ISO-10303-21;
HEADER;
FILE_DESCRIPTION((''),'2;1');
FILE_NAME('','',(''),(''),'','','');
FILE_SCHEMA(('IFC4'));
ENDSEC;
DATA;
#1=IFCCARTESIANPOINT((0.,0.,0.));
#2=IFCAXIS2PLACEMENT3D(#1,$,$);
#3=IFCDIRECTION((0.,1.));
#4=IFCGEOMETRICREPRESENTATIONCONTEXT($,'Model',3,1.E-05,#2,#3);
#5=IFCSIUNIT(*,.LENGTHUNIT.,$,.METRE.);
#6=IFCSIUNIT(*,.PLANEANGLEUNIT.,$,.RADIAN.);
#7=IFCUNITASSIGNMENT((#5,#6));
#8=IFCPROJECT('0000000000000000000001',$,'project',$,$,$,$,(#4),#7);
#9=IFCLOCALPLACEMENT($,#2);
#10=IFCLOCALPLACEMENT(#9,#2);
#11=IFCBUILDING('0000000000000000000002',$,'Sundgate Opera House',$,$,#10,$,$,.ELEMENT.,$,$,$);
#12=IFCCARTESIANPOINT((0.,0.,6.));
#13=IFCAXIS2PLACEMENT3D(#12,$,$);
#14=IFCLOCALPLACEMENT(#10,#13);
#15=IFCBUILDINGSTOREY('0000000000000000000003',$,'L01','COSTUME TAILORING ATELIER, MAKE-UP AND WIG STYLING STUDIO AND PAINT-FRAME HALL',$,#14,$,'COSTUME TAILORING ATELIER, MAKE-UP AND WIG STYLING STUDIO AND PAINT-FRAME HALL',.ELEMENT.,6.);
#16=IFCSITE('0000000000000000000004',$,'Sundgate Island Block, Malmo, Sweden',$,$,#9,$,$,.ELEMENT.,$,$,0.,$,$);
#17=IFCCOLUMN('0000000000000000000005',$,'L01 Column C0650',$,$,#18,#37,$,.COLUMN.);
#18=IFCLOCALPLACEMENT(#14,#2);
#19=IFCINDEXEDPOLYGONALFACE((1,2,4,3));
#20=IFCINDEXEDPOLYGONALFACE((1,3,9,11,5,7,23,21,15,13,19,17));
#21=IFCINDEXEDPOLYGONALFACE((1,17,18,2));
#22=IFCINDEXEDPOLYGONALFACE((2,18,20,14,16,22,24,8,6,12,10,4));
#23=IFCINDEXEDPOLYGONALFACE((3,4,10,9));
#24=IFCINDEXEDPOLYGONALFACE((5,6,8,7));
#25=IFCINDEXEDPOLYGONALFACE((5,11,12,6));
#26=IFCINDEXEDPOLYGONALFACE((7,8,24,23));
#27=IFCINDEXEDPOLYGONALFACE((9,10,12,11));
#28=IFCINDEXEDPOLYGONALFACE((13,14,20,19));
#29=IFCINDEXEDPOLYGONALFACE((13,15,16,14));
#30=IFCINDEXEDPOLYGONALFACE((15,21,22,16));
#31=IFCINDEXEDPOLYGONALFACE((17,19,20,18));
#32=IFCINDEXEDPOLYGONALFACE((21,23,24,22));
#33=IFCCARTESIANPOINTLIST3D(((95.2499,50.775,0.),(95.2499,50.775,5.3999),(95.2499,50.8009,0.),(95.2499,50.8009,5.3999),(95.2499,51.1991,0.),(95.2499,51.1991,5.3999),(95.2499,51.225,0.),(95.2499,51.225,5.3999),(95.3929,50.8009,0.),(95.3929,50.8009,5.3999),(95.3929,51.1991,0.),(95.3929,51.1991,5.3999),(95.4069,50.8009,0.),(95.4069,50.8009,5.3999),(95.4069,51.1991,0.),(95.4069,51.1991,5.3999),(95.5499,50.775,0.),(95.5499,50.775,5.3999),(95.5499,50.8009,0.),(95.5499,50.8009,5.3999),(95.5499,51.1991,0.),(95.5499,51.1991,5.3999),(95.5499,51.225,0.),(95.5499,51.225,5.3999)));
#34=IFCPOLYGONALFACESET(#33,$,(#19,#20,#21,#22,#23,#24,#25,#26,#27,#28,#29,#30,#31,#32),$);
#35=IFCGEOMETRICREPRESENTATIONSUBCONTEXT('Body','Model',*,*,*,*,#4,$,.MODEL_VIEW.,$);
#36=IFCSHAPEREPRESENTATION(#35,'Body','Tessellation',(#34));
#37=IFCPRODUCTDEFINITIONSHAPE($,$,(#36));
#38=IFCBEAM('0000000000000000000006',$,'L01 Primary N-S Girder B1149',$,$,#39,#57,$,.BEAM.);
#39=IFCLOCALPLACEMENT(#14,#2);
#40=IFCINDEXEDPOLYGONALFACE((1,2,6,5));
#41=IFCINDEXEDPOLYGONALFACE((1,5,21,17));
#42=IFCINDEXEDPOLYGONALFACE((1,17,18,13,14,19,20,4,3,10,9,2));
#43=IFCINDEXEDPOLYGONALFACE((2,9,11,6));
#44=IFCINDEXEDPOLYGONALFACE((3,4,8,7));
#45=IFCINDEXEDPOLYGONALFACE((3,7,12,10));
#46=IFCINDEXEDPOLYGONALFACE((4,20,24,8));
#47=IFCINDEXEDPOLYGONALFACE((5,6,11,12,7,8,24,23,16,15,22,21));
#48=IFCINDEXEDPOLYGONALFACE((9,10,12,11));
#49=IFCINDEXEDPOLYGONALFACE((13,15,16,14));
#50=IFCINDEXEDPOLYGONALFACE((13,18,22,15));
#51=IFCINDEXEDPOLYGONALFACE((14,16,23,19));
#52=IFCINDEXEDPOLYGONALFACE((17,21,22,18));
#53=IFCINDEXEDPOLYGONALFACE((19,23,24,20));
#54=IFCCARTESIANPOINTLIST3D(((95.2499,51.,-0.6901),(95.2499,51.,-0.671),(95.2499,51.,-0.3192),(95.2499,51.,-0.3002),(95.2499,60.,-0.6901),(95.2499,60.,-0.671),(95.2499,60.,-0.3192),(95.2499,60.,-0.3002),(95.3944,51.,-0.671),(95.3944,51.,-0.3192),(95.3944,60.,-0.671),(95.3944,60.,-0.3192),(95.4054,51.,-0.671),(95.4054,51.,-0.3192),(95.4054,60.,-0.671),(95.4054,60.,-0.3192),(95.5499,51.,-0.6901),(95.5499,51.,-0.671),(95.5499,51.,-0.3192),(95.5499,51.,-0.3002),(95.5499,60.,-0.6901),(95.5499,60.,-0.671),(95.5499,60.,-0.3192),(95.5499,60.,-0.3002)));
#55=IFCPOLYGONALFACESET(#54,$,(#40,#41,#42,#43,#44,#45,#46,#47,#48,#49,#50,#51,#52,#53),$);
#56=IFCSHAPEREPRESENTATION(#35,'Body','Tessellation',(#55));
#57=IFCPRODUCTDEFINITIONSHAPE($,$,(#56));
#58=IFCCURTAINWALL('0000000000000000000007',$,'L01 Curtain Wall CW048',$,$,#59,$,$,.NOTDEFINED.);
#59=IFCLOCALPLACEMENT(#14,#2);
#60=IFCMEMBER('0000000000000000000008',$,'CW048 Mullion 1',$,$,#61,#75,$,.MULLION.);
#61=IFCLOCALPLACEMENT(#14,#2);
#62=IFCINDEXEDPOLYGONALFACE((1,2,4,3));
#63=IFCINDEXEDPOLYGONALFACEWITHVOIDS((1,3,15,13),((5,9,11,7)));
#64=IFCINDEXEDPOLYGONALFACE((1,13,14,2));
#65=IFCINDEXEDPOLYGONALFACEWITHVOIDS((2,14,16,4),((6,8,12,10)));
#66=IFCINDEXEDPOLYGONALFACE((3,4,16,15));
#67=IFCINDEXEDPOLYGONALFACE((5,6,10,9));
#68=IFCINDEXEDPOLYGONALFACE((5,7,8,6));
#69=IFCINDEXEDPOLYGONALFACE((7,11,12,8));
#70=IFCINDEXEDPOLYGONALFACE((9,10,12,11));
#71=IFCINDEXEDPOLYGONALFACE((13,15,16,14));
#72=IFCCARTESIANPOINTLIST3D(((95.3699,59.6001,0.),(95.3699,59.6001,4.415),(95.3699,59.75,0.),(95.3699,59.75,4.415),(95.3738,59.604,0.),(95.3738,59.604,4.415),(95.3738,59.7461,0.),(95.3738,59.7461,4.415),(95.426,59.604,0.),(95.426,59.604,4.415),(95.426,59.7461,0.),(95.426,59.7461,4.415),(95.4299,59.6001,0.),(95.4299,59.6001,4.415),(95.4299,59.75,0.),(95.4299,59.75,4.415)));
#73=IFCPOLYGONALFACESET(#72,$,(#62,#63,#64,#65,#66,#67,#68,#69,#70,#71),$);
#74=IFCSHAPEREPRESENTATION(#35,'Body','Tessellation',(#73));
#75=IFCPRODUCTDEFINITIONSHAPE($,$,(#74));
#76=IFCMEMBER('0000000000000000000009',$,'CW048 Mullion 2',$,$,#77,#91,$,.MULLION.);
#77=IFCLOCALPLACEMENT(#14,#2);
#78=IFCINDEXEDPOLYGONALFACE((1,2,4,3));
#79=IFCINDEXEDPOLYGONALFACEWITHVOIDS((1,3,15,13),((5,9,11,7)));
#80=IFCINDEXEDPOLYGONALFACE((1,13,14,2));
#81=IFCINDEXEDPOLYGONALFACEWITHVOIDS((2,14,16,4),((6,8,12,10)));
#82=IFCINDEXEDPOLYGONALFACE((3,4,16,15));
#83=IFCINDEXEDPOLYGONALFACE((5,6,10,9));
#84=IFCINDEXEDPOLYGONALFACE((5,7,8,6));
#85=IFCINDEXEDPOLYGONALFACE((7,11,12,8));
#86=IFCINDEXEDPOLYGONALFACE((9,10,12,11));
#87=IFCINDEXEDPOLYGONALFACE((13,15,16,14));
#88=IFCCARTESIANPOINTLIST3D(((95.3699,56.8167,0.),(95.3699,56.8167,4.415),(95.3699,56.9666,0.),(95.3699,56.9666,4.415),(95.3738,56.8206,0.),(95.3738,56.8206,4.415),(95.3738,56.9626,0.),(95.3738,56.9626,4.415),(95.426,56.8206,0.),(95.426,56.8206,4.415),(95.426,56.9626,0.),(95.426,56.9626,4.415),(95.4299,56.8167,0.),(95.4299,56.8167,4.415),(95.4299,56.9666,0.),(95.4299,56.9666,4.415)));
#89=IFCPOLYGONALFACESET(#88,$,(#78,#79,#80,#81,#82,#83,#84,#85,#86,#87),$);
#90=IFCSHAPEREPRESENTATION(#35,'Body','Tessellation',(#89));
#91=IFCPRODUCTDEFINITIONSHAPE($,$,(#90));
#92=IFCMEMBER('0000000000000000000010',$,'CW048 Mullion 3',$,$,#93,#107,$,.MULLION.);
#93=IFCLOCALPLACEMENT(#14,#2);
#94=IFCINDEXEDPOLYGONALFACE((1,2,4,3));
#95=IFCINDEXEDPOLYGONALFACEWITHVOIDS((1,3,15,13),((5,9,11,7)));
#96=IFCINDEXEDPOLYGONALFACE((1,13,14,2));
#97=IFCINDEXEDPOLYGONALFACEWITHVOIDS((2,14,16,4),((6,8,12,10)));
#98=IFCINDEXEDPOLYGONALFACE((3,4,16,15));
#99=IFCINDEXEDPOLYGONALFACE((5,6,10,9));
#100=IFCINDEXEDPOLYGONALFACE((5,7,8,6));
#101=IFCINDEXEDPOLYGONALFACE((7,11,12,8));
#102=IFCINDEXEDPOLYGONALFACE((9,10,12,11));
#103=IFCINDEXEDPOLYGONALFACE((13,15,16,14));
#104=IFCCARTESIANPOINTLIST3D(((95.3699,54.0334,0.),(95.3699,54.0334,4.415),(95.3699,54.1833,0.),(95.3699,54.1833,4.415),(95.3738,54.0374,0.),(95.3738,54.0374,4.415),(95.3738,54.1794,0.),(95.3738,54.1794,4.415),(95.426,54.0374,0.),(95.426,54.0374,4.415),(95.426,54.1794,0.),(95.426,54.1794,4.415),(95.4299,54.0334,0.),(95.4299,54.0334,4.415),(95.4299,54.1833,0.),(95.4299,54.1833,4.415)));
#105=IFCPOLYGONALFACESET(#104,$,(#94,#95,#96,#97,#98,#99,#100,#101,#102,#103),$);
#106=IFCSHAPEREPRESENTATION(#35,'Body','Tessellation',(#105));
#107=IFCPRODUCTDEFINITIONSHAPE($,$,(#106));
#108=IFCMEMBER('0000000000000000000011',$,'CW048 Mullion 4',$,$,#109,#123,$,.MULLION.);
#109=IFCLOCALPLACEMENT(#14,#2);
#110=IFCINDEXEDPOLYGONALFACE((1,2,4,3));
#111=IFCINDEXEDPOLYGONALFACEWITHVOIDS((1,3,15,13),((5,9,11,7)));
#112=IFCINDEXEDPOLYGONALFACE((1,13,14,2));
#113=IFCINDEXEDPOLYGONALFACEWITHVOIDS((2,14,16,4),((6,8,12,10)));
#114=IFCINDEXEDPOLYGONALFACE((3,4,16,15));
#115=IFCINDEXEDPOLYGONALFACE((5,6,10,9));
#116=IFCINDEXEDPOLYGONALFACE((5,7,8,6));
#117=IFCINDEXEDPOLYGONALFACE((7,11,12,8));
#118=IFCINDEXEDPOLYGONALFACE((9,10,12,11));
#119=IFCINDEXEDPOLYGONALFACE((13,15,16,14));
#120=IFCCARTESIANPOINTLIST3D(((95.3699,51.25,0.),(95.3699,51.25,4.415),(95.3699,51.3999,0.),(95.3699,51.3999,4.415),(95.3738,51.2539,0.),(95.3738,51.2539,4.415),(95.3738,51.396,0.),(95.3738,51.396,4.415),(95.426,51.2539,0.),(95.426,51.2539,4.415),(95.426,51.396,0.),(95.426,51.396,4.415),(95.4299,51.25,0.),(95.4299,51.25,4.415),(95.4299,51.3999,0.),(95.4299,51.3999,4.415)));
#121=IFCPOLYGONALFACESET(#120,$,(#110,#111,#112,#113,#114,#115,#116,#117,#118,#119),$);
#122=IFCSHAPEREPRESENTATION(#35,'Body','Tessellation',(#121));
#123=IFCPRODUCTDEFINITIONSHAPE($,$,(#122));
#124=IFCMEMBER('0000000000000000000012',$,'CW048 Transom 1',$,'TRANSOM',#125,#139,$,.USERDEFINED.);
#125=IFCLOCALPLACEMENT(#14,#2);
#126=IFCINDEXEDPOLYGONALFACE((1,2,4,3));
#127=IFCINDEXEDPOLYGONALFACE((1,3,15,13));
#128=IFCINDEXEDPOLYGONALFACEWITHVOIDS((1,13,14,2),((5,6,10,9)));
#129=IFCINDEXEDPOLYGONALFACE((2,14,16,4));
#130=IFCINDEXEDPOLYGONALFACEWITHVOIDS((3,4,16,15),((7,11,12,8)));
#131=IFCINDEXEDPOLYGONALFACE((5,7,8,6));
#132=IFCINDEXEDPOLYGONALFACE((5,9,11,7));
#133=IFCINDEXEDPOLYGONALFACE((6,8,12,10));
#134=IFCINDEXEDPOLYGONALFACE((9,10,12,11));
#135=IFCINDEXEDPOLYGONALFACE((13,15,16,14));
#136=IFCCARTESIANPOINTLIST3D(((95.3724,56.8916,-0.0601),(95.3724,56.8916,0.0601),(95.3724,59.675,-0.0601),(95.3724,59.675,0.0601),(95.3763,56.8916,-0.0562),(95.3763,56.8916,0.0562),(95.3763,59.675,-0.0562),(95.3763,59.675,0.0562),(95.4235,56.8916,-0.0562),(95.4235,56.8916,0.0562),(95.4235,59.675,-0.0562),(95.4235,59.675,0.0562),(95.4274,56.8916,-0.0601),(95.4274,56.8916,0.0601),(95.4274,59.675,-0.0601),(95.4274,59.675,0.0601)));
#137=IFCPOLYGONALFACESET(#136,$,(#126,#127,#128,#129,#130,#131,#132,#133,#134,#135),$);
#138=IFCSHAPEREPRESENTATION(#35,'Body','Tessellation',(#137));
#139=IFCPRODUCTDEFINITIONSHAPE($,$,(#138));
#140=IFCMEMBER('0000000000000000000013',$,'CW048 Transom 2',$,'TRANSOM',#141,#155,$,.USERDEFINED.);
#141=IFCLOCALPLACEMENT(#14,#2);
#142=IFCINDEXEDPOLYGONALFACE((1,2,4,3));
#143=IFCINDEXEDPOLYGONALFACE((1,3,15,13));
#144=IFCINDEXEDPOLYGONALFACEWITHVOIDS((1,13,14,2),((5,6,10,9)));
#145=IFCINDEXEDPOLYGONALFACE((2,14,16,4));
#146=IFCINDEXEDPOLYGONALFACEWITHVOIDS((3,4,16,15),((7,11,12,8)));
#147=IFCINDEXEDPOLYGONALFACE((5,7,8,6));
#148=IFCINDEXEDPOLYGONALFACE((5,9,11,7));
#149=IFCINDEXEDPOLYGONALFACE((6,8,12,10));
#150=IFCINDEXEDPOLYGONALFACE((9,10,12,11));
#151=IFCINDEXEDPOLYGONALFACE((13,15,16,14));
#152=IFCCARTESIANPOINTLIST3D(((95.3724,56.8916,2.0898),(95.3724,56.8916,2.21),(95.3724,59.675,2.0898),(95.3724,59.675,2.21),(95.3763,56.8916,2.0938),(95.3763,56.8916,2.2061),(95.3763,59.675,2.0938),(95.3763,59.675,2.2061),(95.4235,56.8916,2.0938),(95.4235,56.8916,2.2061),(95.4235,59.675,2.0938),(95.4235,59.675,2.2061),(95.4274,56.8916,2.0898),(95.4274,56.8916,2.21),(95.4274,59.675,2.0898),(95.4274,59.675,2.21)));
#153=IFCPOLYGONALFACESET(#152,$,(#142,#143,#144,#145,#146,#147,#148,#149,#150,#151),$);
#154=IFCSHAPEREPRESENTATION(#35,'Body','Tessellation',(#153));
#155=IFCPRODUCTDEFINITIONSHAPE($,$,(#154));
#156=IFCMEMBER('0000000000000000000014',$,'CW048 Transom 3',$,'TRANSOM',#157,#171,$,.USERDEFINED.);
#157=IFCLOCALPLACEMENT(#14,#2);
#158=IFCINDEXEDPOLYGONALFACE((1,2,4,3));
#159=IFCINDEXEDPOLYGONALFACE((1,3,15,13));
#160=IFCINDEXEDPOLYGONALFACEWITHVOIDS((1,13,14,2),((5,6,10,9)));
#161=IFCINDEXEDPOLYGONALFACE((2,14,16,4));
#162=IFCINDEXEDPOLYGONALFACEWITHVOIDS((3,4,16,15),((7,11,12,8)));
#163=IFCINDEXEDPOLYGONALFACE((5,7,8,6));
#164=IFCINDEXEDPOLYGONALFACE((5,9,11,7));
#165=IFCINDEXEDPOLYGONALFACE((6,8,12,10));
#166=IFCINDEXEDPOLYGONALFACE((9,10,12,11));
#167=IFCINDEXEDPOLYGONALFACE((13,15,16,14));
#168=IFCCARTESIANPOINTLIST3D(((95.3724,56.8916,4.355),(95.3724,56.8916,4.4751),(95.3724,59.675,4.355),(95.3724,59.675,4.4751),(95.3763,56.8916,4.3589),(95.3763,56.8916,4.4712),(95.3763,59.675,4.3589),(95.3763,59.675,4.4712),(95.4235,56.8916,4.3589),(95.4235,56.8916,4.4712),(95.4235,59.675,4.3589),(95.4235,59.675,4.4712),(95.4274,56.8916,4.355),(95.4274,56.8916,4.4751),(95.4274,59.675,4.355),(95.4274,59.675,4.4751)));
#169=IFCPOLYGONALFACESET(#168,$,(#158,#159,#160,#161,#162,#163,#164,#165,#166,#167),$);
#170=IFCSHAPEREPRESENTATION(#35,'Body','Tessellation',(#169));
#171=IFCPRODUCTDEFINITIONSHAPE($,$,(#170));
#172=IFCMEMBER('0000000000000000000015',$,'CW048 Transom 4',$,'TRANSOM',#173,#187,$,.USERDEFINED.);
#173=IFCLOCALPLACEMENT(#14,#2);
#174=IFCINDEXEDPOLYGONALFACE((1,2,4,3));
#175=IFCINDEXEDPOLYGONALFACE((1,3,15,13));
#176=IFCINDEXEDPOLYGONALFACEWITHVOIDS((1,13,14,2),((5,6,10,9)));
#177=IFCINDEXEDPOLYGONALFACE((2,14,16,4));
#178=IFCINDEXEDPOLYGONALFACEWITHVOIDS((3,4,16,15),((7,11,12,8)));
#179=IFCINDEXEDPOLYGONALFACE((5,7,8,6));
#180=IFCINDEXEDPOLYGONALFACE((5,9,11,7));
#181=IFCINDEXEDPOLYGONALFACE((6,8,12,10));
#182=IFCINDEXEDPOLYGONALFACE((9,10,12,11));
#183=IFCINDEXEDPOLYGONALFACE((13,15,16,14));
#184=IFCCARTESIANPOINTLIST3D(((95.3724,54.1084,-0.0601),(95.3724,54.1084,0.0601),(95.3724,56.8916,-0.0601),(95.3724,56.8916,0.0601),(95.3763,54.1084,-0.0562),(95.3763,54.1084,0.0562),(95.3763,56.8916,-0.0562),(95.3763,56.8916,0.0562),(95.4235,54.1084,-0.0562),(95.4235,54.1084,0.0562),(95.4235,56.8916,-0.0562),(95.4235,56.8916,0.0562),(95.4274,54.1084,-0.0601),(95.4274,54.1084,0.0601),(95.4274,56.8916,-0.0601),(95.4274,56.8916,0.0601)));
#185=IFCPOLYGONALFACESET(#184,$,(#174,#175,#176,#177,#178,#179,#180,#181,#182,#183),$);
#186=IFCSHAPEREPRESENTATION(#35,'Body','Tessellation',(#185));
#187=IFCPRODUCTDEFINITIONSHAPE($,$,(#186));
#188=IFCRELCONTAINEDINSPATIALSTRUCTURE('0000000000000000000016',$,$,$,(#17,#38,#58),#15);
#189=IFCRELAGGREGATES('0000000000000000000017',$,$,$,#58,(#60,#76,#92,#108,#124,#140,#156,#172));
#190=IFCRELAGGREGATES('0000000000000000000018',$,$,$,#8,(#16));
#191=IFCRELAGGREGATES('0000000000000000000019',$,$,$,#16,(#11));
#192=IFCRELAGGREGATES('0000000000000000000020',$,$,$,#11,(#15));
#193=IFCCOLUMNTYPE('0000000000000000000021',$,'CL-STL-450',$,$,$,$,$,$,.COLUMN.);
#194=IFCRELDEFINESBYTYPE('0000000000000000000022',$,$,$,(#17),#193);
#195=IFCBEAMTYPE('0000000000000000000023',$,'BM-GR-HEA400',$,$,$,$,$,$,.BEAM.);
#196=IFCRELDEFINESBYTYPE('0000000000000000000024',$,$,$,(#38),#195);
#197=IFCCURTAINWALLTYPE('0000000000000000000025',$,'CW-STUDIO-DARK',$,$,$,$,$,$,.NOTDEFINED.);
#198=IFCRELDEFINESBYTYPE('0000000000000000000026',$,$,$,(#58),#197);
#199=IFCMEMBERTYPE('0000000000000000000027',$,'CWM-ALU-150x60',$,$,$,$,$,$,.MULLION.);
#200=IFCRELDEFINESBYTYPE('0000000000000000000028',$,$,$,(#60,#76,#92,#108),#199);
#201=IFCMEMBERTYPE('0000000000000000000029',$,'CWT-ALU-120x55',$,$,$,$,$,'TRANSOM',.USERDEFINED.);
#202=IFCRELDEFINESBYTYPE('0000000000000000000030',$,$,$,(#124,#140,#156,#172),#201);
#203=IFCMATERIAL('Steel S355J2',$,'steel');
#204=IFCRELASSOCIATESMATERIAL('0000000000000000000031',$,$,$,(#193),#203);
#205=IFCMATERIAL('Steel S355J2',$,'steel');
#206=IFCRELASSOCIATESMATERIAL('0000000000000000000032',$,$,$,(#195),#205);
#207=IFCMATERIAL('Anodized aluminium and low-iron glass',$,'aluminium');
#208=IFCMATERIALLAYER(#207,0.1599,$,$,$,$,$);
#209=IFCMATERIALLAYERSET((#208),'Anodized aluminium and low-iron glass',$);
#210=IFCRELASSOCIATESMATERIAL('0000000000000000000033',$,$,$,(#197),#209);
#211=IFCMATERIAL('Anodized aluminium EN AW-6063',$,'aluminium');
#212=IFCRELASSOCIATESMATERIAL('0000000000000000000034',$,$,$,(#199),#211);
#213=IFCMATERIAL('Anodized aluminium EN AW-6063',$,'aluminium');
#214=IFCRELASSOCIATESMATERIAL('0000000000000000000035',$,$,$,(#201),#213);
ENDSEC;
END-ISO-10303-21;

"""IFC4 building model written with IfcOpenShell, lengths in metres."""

from ifc_helpers import new_model, si_unit, direction, frame, origin, origin_2d, place, context, subcontext, project, spatial, hollow_rectangle, i_section, extrude, material, layer, layer_set, material_profile, profile_set, type_object, element, aggregate, save


model = new_model("IFC4")

# Units and contexts
model_context = context("Model", 3, precision=1e-05, world=origin(), true_north=direction((0.0, 1.0)))
body_context = subcontext(model_context, "Body", "Model", "MODEL_VIEW")
ifc_project = project(units=[si_unit("LENGTHUNIT", "METRE"), si_unit("PLANEANGLEUNIT", "RADIAN")], contexts=[model_context])

# Site, building, storey
site_placement = place(None, origin())
site = spatial("IfcSite", under=ifc_project, at=site_placement, Name="Sundgate Island Block, Malmo, Sweden", CompositionType="ELEMENT", RefElevation=0.0)
building_placement = place(site_placement, origin())
building = spatial("IfcBuilding", under=site, at=building_placement, Name="Sundgate Opera House", CompositionType="ELEMENT")
storey_placement = place(building_placement, frame((0.0, 0.0, 6.0)))
storey = spatial("IfcBuildingStorey", under=building, at=storey_placement, Name="L01", Description="COSTUME TAILORING ATELIER, MAKE-UP AND WIG STYLING STUDIO AND PAINT-FRAME HALL", LongName="COSTUME TAILORING ATELIER, MAKE-UP AND WIG STYLING STUDIO AND PAINT-FRAME HALL", CompositionType="ELEMENT", Elevation=6.0)

# Column
ifc_material_1 = material(Name="Steel S355J2", Category="steel")
ifc_material_profile_1 = material_profile(ifc_material_1, i_section(OverallWidth=0.3, OverallDepth=0.45, WebThickness=0.0139, FlangeThickness=0.0259, at=origin_2d()), Name="HEB 450")
ifc_profile_set_1 = profile_set([ifc_material_profile_1], Name="Steel S355J2")
column_type = type_object("IfcColumnType", Name="CL-STL-450", PredefinedType="COLUMN", material=ifc_profile_set_1)
column_placement = place(storey_placement, frame((95.3999, 51.0, 0.0), z_axis=(0.0, 0.0, 1.0), x_axis=(1.0, 0.0, 0.0)))
element("IfcColumn", 1, at=column_placement, inside=storey, type_object=column_type, Name="L01 Column C0650", PredefinedType="COLUMN", context=body_context, shape_type="SweptSolid", body=[
    extrude(i_section(OverallWidth=0.3, OverallDepth=0.45, WebThickness=0.0139, FlangeThickness=0.0259, at=origin_2d()), origin(), (0.0, 0.0, 1.0), 5.3999),
])

# Beam
ifc_material_2 = material(Name="Steel S355J2", Category="steel")
ifc_material_profile_2 = material_profile(ifc_material_2, i_section(OverallWidth=0.3, OverallDepth=0.3899, WebThickness=0.011, FlangeThickness=0.019, at=origin_2d()), Name="HEA 400")
ifc_profile_set_2 = profile_set([ifc_material_profile_2], Name="Steel S355J2")
beam_type = type_object("IfcBeamType", Name="BM-GR-HEA400", PredefinedType="BEAM", material=ifc_profile_set_2)
beam_placement = place(storey_placement, frame((95.3999, 51.0, -0.4951), z_axis=(0.0, 1.0, 0.0), x_axis=(-1.0, 0.0, 0.0)))
element("IfcBeam", 2, at=beam_placement, inside=storey, type_object=beam_type, Name="L01 Primary N-S Girder B1149", PredefinedType="BEAM", context=body_context, shape_type="SweptSolid", body=[
    extrude(i_section(OverallWidth=0.3, OverallDepth=0.3899, WebThickness=0.011, FlangeThickness=0.019, at=origin_2d()), origin(), (0.0, 0.0, 1.0), 9.0),
])

# Curtain wall, members
ifc_material_3 = material(Name="Anodized aluminium and low-iron glass", Category="aluminium")
ifc_layer_1 = layer(ifc_material_3, 0.1599)
ifc_layer_set_1 = layer_set([ifc_layer_1], Name="Anodized aluminium and low-iron glass")
curtain_wall_type = type_object("IfcCurtainWallType", Name="CW-STUDIO-DARK", PredefinedType="NOTDEFINED", material=ifc_layer_set_1)
curtain_wall_placement = place(storey_placement, origin())
curtain_wall = element("IfcCurtainWall", 3, at=curtain_wall_placement, inside=storey, type_object=curtain_wall_type, Name="L01 Curtain Wall CW048", PredefinedType="NOTDEFINED")
ifc_material_4 = material(Name="Anodized aluminium EN AW-6063", Category="aluminium")
ifc_material_profile_3 = material_profile(ifc_material_4, hollow_rectangle(XDim=0.0601, YDim=0.1499, WallThickness=0.0039, at=origin_2d()), Name="CWM 150x60x4")
ifc_profile_set_3 = profile_set([ifc_material_profile_3], Name="Anodized aluminium EN AW-6063")
member_type_1 = type_object("IfcMemberType", Name="CWM-ALU-150x60", PredefinedType="MULLION", material=ifc_profile_set_3)
member_1_placement = place(storey_placement, frame((95.3999, 59.675, 0.0), z_axis=(0.0, 0.0, 1.0), x_axis=(1.0, 0.0, 0.0)))
member_1 = element("IfcMember", 4, at=member_1_placement, type_object=member_type_1, Name="CW048 Mullion 1", PredefinedType="MULLION", context=body_context, shape_type="SweptSolid", body=[
    extrude(hollow_rectangle(XDim=0.0601, YDim=0.1499, WallThickness=0.0039, at=origin_2d()), origin(), (0.0, 0.0, 1.0), 4.415),
])
member_2_placement = place(storey_placement, frame((95.3999, 56.8916, 0.0), z_axis=(0.0, 0.0, 1.0), x_axis=(1.0, 0.0, 0.0)))
member_2 = element("IfcMember", 5, at=member_2_placement, type_object=member_type_1, Name="CW048 Mullion 2", PredefinedType="MULLION", context=body_context, shape_type="SweptSolid", body=[
    extrude(hollow_rectangle(XDim=0.0601, YDim=0.1499, WallThickness=0.0039, at=origin_2d()), origin(), (0.0, 0.0, 1.0), 4.415),
])
member_3_placement = place(storey_placement, frame((95.3999, 54.1084, 0.0), z_axis=(0.0, 0.0, 1.0), x_axis=(1.0, 0.0, 0.0)))
member_3 = element("IfcMember", 6, at=member_3_placement, type_object=member_type_1, Name="CW048 Mullion 3", PredefinedType="MULLION", context=body_context, shape_type="SweptSolid", body=[
    extrude(hollow_rectangle(XDim=0.0601, YDim=0.1499, WallThickness=0.0039, at=origin_2d()), origin(), (0.0, 0.0, 1.0), 4.415),
])
member_4_placement = place(storey_placement, frame((95.3999, 51.325, 0.0), z_axis=(0.0, 0.0, 1.0), x_axis=(1.0, 0.0, 0.0)))
member_4 = element("IfcMember", 7, at=member_4_placement, type_object=member_type_1, Name="CW048 Mullion 4", PredefinedType="MULLION", context=body_context, shape_type="SweptSolid", body=[
    extrude(hollow_rectangle(XDim=0.0601, YDim=0.1499, WallThickness=0.0039, at=origin_2d()), origin(), (0.0, 0.0, 1.0), 4.415),
])
ifc_material_5 = material(Name="Anodized aluminium EN AW-6063", Category="aluminium")
ifc_material_profile_4 = material_profile(ifc_material_5, hollow_rectangle(XDim=0.0549, YDim=0.1201, WallThickness=0.0039, at=origin_2d()), Name="CWT 120x55x4")
ifc_profile_set_4 = profile_set([ifc_material_profile_4], Name="Anodized aluminium EN AW-6063")
member_type_2 = type_object("IfcMemberType", Name="CWT-ALU-120x55", ElementType="TRANSOM", PredefinedType="USERDEFINED", material=ifc_profile_set_4)
member_5_placement = place(storey_placement, frame((95.3999, 59.675, 0.0), z_axis=(0.0, -1.0, 0.0), x_axis=(1.0, 0.0, 0.0)))
member_5 = element("IfcMember", 8, at=member_5_placement, type_object=member_type_2, Name="CW048 Transom 1", ObjectType="TRANSOM", PredefinedType="USERDEFINED", context=body_context, shape_type="SweptSolid", body=[
    extrude(hollow_rectangle(XDim=0.0549, YDim=0.1201, WallThickness=0.0039, at=origin_2d()), origin(), (0.0, 0.0, 1.0), 2.7834),
])
member_6_placement = place(storey_placement, frame((95.3999, 59.675, 2.1499), z_axis=(0.0, -1.0, 0.0), x_axis=(1.0, 0.0, 0.0)))
member_6 = element("IfcMember", 9, at=member_6_placement, type_object=member_type_2, Name="CW048 Transom 2", ObjectType="TRANSOM", PredefinedType="USERDEFINED", context=body_context, shape_type="SweptSolid", body=[
    extrude(hollow_rectangle(XDim=0.0549, YDim=0.1201, WallThickness=0.0039, at=origin_2d()), origin(), (0.0, 0.0, 1.0), 2.7834),
])
member_7_placement = place(storey_placement, frame((95.3999, 59.675, 4.415), z_axis=(0.0, -1.0, 0.0), x_axis=(1.0, 0.0, 0.0)))
member_7 = element("IfcMember", 10, at=member_7_placement, type_object=member_type_2, Name="CW048 Transom 3", ObjectType="TRANSOM", PredefinedType="USERDEFINED", context=body_context, shape_type="SweptSolid", body=[
    extrude(hollow_rectangle(XDim=0.0549, YDim=0.1201, WallThickness=0.0039, at=origin_2d()), origin(), (0.0, 0.0, 1.0), 2.7834),
])
member_8_placement = place(storey_placement, frame((95.3999, 56.8916, 0.0), z_axis=(0.0, -1.0, 0.0), x_axis=(1.0, 0.0, 0.0)))
member_8 = element("IfcMember", 11, at=member_8_placement, type_object=member_type_2, Name="CW048 Transom 4", ObjectType="TRANSOM", PredefinedType="USERDEFINED", context=body_context, shape_type="SweptSolid", body=[
    extrude(hollow_rectangle(XDim=0.0549, YDim=0.1201, WallThickness=0.0039, at=origin_2d()), origin(), (0.0, 0.0, 1.0), 2.7832),
])
aggregate(curtain_wall, [member_1, member_2, member_3, member_4, member_5, member_6, member_7, member_8])

save(model, "model.ifc")
